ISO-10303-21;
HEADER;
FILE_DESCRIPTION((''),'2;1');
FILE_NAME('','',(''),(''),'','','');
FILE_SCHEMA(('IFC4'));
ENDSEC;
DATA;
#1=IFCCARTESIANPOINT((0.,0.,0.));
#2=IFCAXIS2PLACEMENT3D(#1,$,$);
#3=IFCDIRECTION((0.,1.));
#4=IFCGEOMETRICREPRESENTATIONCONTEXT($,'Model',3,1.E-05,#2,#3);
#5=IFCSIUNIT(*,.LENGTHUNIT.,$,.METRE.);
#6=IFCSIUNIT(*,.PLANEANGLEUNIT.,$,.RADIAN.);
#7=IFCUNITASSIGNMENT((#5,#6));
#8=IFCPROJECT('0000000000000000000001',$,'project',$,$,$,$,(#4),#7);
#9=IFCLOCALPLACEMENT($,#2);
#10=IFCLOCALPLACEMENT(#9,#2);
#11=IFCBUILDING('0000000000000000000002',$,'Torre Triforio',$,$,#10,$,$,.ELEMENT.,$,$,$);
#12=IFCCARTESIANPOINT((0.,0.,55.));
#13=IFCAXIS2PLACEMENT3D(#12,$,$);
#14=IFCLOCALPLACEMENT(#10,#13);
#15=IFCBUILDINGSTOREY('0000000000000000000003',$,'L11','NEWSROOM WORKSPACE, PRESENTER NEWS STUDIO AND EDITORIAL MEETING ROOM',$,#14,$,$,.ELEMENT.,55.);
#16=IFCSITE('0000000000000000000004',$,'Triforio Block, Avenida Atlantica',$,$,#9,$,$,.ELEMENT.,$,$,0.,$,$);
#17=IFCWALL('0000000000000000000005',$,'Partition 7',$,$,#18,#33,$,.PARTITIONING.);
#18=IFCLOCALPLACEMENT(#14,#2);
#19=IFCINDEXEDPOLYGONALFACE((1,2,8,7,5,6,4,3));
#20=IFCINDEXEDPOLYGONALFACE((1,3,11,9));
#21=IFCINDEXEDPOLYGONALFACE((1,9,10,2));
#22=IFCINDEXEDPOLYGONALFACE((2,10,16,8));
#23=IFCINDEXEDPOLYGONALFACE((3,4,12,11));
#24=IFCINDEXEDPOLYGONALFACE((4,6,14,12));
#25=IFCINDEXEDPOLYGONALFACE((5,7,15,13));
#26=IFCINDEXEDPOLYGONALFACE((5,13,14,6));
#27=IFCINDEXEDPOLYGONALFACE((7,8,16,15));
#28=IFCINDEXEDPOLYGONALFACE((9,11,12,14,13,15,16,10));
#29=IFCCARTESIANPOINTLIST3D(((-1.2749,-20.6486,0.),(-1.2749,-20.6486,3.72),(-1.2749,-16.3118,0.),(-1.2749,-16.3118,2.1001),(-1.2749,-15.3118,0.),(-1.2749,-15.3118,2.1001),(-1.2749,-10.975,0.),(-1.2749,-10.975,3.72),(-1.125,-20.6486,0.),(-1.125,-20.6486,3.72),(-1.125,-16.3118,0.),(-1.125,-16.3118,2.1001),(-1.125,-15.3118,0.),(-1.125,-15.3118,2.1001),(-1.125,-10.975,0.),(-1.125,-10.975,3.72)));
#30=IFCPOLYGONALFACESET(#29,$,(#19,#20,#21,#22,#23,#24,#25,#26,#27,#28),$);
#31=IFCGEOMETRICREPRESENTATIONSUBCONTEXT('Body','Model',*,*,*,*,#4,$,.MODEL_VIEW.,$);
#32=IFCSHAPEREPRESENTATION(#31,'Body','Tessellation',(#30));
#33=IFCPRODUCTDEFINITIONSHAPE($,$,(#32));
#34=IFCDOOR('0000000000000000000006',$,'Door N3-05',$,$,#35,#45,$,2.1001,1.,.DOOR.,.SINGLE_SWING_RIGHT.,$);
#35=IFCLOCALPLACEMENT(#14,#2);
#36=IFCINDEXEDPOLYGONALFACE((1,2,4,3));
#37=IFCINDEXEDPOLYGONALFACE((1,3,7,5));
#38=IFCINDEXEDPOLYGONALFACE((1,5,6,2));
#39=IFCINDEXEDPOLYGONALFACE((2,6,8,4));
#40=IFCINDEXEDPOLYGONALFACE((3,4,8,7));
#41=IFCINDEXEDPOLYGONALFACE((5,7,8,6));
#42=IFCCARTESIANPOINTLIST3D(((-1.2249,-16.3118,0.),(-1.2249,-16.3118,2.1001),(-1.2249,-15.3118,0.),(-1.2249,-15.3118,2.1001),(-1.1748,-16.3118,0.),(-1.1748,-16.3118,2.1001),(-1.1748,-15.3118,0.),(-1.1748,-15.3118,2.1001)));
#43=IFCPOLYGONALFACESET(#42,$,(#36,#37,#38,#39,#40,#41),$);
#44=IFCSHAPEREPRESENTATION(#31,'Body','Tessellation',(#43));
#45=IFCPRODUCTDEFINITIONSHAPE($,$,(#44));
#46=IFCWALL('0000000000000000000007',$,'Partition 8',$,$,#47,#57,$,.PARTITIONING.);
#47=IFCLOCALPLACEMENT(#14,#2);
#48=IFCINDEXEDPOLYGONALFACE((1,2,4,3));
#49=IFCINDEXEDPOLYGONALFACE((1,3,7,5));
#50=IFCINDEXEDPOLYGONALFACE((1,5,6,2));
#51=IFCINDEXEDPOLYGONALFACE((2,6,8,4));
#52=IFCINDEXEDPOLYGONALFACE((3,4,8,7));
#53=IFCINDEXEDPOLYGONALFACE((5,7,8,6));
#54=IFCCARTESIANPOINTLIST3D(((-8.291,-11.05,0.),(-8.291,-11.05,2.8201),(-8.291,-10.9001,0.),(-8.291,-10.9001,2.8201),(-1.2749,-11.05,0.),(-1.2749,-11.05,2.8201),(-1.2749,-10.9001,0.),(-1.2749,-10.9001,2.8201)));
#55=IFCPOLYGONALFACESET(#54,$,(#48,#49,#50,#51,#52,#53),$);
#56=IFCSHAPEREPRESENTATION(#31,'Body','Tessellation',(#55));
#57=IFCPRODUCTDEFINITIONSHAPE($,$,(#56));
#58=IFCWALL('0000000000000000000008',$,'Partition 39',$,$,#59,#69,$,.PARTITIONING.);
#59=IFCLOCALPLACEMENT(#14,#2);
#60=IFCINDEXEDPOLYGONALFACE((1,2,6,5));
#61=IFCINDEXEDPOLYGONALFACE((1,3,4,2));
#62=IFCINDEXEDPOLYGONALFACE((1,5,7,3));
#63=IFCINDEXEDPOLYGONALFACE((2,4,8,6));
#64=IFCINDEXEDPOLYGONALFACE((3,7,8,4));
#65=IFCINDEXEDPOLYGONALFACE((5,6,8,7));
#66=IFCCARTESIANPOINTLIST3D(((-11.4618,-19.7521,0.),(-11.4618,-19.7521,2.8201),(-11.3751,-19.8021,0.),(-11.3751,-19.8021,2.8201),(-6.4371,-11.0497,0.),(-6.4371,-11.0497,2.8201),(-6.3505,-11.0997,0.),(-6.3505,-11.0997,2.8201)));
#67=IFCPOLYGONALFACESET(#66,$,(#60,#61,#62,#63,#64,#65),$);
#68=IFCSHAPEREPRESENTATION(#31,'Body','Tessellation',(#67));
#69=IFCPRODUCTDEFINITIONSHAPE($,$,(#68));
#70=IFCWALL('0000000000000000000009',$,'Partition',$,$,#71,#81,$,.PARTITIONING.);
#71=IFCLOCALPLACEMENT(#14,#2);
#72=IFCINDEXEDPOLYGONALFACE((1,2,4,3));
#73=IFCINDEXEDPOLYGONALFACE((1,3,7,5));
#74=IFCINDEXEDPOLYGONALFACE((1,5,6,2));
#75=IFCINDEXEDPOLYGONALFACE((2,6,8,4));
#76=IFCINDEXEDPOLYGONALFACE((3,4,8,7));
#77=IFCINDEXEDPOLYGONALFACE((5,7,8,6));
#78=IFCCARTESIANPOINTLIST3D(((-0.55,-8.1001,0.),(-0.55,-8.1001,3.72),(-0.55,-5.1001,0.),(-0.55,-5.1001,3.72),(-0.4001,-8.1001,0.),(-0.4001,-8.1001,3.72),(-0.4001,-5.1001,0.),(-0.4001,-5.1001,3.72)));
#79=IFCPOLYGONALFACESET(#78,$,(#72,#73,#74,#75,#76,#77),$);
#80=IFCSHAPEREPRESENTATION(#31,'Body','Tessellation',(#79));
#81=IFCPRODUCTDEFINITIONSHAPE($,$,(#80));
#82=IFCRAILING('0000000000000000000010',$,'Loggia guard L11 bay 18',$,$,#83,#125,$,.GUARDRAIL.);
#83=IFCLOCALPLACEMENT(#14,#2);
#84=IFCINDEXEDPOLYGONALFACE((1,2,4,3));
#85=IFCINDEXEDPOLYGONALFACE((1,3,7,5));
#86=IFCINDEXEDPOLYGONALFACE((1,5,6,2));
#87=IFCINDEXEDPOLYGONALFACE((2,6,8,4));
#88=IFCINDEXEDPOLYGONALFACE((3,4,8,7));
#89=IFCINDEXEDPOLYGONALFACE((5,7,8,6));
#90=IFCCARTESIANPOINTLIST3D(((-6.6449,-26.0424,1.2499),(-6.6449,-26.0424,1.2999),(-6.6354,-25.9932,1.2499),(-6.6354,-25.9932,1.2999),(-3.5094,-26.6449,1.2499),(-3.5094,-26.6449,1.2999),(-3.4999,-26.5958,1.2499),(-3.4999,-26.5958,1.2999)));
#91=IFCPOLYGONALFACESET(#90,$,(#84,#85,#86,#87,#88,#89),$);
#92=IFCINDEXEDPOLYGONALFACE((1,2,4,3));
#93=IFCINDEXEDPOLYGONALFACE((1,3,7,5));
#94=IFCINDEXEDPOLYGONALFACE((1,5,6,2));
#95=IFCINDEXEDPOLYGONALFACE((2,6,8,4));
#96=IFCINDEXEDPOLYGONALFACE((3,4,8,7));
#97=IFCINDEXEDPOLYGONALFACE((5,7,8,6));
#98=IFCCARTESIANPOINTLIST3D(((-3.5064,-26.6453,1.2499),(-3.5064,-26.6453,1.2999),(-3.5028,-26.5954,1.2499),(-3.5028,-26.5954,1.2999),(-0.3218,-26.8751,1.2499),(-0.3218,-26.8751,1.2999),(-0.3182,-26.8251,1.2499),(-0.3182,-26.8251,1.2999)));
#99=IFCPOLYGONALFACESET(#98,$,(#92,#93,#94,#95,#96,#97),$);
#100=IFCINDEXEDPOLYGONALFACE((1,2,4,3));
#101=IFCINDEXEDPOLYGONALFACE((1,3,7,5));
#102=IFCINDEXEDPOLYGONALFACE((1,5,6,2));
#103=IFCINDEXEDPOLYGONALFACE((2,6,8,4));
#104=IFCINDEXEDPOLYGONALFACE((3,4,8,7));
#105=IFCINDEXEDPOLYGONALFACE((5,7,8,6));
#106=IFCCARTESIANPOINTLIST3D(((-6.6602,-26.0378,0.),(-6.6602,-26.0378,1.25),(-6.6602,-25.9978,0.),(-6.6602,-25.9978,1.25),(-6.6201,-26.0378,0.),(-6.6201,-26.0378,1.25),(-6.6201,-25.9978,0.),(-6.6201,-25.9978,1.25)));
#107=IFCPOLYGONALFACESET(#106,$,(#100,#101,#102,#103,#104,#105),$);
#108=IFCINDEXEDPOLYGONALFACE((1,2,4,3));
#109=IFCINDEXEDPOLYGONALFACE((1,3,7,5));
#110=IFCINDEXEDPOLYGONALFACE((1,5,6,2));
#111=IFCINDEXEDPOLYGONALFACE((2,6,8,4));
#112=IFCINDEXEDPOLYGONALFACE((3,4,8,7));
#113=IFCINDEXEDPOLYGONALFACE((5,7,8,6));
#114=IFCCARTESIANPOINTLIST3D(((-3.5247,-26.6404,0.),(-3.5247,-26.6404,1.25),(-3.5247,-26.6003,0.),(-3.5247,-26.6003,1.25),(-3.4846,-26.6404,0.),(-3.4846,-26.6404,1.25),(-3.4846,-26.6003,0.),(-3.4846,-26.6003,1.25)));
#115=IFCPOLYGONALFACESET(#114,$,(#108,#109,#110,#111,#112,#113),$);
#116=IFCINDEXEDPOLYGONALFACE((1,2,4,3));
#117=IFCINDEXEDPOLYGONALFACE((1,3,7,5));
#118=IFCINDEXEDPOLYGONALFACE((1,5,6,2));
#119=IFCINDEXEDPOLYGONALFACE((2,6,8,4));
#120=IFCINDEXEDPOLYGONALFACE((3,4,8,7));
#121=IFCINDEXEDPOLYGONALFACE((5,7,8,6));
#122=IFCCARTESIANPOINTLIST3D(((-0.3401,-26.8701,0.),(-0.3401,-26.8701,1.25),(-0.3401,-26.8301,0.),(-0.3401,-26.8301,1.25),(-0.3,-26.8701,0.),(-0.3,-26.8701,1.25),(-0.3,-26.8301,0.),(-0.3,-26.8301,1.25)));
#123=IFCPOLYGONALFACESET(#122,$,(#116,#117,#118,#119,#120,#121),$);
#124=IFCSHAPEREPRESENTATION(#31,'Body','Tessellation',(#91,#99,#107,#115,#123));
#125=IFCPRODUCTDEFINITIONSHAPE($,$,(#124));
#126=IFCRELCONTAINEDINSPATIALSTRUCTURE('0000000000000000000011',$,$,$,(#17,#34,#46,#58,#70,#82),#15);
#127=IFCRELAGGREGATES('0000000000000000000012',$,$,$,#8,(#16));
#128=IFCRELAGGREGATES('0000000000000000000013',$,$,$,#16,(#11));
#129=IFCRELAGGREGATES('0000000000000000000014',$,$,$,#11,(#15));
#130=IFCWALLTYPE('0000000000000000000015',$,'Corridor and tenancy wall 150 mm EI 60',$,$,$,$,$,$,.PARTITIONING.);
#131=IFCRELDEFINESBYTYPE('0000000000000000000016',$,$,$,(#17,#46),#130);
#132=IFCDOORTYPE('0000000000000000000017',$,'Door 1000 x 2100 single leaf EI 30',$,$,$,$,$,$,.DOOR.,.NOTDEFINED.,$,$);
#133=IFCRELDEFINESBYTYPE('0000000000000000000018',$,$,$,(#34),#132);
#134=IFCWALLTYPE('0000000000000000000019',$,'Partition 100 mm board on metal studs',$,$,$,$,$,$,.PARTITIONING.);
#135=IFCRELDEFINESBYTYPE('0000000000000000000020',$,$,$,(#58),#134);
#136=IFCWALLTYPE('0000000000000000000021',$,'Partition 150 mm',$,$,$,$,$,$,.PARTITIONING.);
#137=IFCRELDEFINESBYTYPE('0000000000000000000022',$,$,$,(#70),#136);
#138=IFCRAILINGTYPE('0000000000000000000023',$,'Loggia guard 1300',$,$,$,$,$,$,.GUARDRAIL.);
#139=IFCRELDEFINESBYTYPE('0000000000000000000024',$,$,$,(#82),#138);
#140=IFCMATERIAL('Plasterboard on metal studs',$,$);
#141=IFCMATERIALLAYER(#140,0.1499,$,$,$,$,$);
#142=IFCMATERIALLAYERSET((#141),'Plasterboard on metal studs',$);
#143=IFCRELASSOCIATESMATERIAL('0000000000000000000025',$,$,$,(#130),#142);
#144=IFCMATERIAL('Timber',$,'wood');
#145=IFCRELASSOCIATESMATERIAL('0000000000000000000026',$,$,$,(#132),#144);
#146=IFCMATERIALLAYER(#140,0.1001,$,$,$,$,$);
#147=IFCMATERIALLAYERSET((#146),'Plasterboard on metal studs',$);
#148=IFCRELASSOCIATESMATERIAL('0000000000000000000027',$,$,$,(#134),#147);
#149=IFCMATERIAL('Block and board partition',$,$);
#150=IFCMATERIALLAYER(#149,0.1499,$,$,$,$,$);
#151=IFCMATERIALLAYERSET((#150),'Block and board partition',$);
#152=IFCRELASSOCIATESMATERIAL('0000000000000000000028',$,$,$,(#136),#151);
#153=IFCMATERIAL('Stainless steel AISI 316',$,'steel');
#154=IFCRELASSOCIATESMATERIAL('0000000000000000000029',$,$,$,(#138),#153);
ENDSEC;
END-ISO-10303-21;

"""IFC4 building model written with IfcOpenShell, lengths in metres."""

from ifc_helpers import new_model, si_unit, direction, frame, frame_2d, origin, origin_2d, place, context, subcontext, project, spatial, rectangle, extrude, material, layer, layer_set, type_object, element, fill, save


model = new_model("IFC4")

# Units and contexts
model_context = context("Model", 3, precision=1e-05, world=origin(), true_north=direction((0.0, 1.0)))
body_context = subcontext(model_context, "Body", "Model", "MODEL_VIEW")
ifc_project = project(units=[si_unit("LENGTHUNIT", "METRE"), si_unit("PLANEANGLEUNIT", "RADIAN")], contexts=[model_context])

# Site, building, storey
site_placement = place(None, origin())
site = spatial("IfcSite", under=ifc_project, at=site_placement, Name="Triforio Block, Avenida Atlantica", CompositionType="ELEMENT", RefElevation=0.0)
building_placement = place(site_placement, origin())
building = spatial("IfcBuilding", under=site, at=building_placement, Name="Torre Triforio", CompositionType="ELEMENT")
storey_placement = place(building_placement, frame((0.0, 0.0, 55.0)))
storey = spatial("IfcBuildingStorey", under=building, at=storey_placement, Name="L11", Description="NEWSROOM WORKSPACE, PRESENTER NEWS STUDIO AND EDITORIAL MEETING ROOM", CompositionType="ELEMENT", Elevation=55.0)

# Wall, opening, door
ifc_material_1 = material(Name="Plasterboard on metal studs")
ifc_layer_1 = layer(ifc_material_1, 0.1499)
ifc_layer_set_1 = layer_set([ifc_layer_1], Name="Plasterboard on metal studs")
wall_type_1 = type_object("IfcWallType", Name="Corridor and tenancy wall 150 mm EI 60", PredefinedType="PARTITIONING", material=ifc_layer_set_1)
wall_1_placement = place(storey_placement, frame((-1.2, -20.6487, 0.0), z_axis=(0.0, 0.0, 1.0), x_axis=(0.0, 1.0, 0.0)))
wall_1 = element("IfcWall", 1, at=wall_1_placement, inside=storey, type_object=wall_type_1, Name="Partition 7", PredefinedType="PARTITIONING", context=body_context, shape_type="SweptSolid", body=[
    extrude(rectangle(XDim=9.6736, YDim=0.1499, at=frame_2d((4.8369, 0.0))), origin(), (0.0, 0.0, 1.0), 3.72),
])
opening_1_placement = place(wall_1_placement, frame((4.3369, 0.0, 0.0)))
opening_1 = element("IfcOpeningElement", 2, at=opening_1_placement, cuts=wall_1, PredefinedType="OPENING", context=body_context, shape_type="SweptSolid", body=[
    extrude(rectangle(XDim=1.0, YDim=2.1001, at=frame_2d((0.5, 1.05))), frame((0.0, 0.085, 0.0), z_axis=(0.0, -1.0, 0.0), x_axis=(1.0, 0.0, 0.0)), (0.0, 0.0, 1.0), 0.1699),
])
ifc_material_2 = material(Name="Timber", Category="wood")
door_type_1 = type_object("IfcDoorType", Name="Door 1000 x 2100 single leaf EI 30", OperationType="NOTDEFINED", PredefinedType="DOOR", material=ifc_material_2)
door_1_placement = place(opening_1_placement, origin())
door_1 = element("IfcDoor", 3, at=door_1_placement, inside=storey, type_object=door_type_1, Name="Door N3-05", OperationType="SINGLE_SWING_RIGHT", OverallHeight=2.1001, OverallWidth=1.0, PredefinedType="DOOR", context=body_context, shape_type="SweptSolid", body=[
    extrude(rectangle(XDim=1.0, YDim=2.1001, at=frame_2d((0.5, 1.05))), frame((0.0, 0.0249, 0.0), z_axis=(0.0, -1.0, 0.0), x_axis=(1.0, 0.0, 0.0)), (0.0, 0.0, 1.0), 0.05),
])
fill(opening_1, door_1)

# Walls
wall_2_placement = place(storey_placement, frame((-1.2749, -10.9751, 0.0), z_axis=(0.0, 0.0, 1.0), x_axis=(-1.0, 0.0, 0.0)))
element("IfcWall", 4, at=wall_2_placement, inside=storey, type_object=wall_type_1, Name="Partition 8", PredefinedType="PARTITIONING", context=body_context, shape_type="SweptSolid", body=[
    extrude(rectangle(XDim=7.0161, YDim=0.1499, at=frame_2d((3.5081, 0.0))), origin(), (0.0, 0.0, 1.0), 2.8201),
])
ifc_layer_2 = layer(ifc_material_1, 0.1001)
ifc_layer_set_2 = layer_set([ifc_layer_2], Name="Plasterboard on metal studs")
wall_type_2 = type_object("IfcWallType", Name="Partition 100 mm board on metal studs", PredefinedType="PARTITIONING", material=ifc_layer_set_2)
wall_3_placement = place(storey_placement, frame((-6.3938, -11.0747, 0.0), z_axis=(0.0, 0.0, 1.0), x_axis=(-0.500025, -0.866011, 0.0)))
element("IfcWall", 5, at=wall_3_placement, inside=storey, type_object=wall_type_2, Name="Partition 39", PredefinedType="PARTITIONING", context=body_context, shape_type="SweptSolid", body=[
    extrude(rectangle(XDim=10.0488, YDim=0.1001, at=frame_2d((5.0244, 0.0))), origin(), (0.0, 0.0, 1.0), 2.8201),
])
ifc_material_3 = material(Name="Block and board partition")
ifc_layer_3 = layer(ifc_material_3, 0.1499)
ifc_layer_set_3 = layer_set([ifc_layer_3], Name="Block and board partition")
wall_type_3 = type_object("IfcWallType", Name="Partition 150 mm", PredefinedType="PARTITIONING", material=ifc_layer_set_3)
wall_4_placement = place(storey_placement, frame((-0.4751, -8.1001, 0.0), z_axis=(0.0, 0.0, 1.0), x_axis=(0.0, 1.0, 0.0)))
element("IfcWall", 6, at=wall_4_placement, inside=storey, type_object=wall_type_3, Name="Partition", PredefinedType="PARTITIONING", context=body_context, shape_type="SweptSolid", body=[
    extrude(rectangle(XDim=3.0, YDim=0.1499, at=frame_2d((1.5, 0.0))), origin(), (0.0, 0.0, 1.0), 3.72),
])

# Railing
ifc_material_4 = material(Name="Stainless steel AISI 316", Category="steel")
railing_type = type_object("IfcRailingType", Name="Loggia guard 1300", PredefinedType="GUARDRAIL", material=ifc_material_4)
railing_placement = place(storey_placement, frame((-6.6401, -26.0178, 0.0)))
element("IfcRailing", 7, at=railing_placement, inside=storey, type_object=railing_type, Name="Loggia guard L11 bay 18", PredefinedType="GUARDRAIL", context=body_context, shape_type="SweptSolid", body=[
    extrude(rectangle(XDim=0.05, YDim=0.05, at=origin_2d()), frame((0.0, 0.0, 1.2749), z_axis=(0.982032, -0.188714, 0.0), x_axis=(0.188714, 0.982032, 0.0)), (0.0, 0.0, 1.0), 3.1929),
    extrude(rectangle(XDim=0.05, YDim=0.05, at=origin_2d()), frame((3.1355, -0.6025, 1.2749), z_axis=(0.997408, -0.071953, 0.0), x_axis=(0.071953, 0.997408, 0.0)), (0.0, 0.0, 1.0), 3.1929),
    extrude(rectangle(XDim=0.04, YDim=0.04, at=origin_2d()), origin(), (0.0, 0.0, 1.0), 1.25),
    extrude(rectangle(XDim=0.04, YDim=0.04, at=origin_2d()), frame((3.1355, -0.6025, 0.0)), (0.0, 0.0, 1.0), 1.25),
    extrude(rectangle(XDim=0.04, YDim=0.04, at=origin_2d()), frame((6.3201, -0.8323, 0.0)), (0.0, 0.0, 1.0), 1.25),
])

save(model, "model.ifc")
